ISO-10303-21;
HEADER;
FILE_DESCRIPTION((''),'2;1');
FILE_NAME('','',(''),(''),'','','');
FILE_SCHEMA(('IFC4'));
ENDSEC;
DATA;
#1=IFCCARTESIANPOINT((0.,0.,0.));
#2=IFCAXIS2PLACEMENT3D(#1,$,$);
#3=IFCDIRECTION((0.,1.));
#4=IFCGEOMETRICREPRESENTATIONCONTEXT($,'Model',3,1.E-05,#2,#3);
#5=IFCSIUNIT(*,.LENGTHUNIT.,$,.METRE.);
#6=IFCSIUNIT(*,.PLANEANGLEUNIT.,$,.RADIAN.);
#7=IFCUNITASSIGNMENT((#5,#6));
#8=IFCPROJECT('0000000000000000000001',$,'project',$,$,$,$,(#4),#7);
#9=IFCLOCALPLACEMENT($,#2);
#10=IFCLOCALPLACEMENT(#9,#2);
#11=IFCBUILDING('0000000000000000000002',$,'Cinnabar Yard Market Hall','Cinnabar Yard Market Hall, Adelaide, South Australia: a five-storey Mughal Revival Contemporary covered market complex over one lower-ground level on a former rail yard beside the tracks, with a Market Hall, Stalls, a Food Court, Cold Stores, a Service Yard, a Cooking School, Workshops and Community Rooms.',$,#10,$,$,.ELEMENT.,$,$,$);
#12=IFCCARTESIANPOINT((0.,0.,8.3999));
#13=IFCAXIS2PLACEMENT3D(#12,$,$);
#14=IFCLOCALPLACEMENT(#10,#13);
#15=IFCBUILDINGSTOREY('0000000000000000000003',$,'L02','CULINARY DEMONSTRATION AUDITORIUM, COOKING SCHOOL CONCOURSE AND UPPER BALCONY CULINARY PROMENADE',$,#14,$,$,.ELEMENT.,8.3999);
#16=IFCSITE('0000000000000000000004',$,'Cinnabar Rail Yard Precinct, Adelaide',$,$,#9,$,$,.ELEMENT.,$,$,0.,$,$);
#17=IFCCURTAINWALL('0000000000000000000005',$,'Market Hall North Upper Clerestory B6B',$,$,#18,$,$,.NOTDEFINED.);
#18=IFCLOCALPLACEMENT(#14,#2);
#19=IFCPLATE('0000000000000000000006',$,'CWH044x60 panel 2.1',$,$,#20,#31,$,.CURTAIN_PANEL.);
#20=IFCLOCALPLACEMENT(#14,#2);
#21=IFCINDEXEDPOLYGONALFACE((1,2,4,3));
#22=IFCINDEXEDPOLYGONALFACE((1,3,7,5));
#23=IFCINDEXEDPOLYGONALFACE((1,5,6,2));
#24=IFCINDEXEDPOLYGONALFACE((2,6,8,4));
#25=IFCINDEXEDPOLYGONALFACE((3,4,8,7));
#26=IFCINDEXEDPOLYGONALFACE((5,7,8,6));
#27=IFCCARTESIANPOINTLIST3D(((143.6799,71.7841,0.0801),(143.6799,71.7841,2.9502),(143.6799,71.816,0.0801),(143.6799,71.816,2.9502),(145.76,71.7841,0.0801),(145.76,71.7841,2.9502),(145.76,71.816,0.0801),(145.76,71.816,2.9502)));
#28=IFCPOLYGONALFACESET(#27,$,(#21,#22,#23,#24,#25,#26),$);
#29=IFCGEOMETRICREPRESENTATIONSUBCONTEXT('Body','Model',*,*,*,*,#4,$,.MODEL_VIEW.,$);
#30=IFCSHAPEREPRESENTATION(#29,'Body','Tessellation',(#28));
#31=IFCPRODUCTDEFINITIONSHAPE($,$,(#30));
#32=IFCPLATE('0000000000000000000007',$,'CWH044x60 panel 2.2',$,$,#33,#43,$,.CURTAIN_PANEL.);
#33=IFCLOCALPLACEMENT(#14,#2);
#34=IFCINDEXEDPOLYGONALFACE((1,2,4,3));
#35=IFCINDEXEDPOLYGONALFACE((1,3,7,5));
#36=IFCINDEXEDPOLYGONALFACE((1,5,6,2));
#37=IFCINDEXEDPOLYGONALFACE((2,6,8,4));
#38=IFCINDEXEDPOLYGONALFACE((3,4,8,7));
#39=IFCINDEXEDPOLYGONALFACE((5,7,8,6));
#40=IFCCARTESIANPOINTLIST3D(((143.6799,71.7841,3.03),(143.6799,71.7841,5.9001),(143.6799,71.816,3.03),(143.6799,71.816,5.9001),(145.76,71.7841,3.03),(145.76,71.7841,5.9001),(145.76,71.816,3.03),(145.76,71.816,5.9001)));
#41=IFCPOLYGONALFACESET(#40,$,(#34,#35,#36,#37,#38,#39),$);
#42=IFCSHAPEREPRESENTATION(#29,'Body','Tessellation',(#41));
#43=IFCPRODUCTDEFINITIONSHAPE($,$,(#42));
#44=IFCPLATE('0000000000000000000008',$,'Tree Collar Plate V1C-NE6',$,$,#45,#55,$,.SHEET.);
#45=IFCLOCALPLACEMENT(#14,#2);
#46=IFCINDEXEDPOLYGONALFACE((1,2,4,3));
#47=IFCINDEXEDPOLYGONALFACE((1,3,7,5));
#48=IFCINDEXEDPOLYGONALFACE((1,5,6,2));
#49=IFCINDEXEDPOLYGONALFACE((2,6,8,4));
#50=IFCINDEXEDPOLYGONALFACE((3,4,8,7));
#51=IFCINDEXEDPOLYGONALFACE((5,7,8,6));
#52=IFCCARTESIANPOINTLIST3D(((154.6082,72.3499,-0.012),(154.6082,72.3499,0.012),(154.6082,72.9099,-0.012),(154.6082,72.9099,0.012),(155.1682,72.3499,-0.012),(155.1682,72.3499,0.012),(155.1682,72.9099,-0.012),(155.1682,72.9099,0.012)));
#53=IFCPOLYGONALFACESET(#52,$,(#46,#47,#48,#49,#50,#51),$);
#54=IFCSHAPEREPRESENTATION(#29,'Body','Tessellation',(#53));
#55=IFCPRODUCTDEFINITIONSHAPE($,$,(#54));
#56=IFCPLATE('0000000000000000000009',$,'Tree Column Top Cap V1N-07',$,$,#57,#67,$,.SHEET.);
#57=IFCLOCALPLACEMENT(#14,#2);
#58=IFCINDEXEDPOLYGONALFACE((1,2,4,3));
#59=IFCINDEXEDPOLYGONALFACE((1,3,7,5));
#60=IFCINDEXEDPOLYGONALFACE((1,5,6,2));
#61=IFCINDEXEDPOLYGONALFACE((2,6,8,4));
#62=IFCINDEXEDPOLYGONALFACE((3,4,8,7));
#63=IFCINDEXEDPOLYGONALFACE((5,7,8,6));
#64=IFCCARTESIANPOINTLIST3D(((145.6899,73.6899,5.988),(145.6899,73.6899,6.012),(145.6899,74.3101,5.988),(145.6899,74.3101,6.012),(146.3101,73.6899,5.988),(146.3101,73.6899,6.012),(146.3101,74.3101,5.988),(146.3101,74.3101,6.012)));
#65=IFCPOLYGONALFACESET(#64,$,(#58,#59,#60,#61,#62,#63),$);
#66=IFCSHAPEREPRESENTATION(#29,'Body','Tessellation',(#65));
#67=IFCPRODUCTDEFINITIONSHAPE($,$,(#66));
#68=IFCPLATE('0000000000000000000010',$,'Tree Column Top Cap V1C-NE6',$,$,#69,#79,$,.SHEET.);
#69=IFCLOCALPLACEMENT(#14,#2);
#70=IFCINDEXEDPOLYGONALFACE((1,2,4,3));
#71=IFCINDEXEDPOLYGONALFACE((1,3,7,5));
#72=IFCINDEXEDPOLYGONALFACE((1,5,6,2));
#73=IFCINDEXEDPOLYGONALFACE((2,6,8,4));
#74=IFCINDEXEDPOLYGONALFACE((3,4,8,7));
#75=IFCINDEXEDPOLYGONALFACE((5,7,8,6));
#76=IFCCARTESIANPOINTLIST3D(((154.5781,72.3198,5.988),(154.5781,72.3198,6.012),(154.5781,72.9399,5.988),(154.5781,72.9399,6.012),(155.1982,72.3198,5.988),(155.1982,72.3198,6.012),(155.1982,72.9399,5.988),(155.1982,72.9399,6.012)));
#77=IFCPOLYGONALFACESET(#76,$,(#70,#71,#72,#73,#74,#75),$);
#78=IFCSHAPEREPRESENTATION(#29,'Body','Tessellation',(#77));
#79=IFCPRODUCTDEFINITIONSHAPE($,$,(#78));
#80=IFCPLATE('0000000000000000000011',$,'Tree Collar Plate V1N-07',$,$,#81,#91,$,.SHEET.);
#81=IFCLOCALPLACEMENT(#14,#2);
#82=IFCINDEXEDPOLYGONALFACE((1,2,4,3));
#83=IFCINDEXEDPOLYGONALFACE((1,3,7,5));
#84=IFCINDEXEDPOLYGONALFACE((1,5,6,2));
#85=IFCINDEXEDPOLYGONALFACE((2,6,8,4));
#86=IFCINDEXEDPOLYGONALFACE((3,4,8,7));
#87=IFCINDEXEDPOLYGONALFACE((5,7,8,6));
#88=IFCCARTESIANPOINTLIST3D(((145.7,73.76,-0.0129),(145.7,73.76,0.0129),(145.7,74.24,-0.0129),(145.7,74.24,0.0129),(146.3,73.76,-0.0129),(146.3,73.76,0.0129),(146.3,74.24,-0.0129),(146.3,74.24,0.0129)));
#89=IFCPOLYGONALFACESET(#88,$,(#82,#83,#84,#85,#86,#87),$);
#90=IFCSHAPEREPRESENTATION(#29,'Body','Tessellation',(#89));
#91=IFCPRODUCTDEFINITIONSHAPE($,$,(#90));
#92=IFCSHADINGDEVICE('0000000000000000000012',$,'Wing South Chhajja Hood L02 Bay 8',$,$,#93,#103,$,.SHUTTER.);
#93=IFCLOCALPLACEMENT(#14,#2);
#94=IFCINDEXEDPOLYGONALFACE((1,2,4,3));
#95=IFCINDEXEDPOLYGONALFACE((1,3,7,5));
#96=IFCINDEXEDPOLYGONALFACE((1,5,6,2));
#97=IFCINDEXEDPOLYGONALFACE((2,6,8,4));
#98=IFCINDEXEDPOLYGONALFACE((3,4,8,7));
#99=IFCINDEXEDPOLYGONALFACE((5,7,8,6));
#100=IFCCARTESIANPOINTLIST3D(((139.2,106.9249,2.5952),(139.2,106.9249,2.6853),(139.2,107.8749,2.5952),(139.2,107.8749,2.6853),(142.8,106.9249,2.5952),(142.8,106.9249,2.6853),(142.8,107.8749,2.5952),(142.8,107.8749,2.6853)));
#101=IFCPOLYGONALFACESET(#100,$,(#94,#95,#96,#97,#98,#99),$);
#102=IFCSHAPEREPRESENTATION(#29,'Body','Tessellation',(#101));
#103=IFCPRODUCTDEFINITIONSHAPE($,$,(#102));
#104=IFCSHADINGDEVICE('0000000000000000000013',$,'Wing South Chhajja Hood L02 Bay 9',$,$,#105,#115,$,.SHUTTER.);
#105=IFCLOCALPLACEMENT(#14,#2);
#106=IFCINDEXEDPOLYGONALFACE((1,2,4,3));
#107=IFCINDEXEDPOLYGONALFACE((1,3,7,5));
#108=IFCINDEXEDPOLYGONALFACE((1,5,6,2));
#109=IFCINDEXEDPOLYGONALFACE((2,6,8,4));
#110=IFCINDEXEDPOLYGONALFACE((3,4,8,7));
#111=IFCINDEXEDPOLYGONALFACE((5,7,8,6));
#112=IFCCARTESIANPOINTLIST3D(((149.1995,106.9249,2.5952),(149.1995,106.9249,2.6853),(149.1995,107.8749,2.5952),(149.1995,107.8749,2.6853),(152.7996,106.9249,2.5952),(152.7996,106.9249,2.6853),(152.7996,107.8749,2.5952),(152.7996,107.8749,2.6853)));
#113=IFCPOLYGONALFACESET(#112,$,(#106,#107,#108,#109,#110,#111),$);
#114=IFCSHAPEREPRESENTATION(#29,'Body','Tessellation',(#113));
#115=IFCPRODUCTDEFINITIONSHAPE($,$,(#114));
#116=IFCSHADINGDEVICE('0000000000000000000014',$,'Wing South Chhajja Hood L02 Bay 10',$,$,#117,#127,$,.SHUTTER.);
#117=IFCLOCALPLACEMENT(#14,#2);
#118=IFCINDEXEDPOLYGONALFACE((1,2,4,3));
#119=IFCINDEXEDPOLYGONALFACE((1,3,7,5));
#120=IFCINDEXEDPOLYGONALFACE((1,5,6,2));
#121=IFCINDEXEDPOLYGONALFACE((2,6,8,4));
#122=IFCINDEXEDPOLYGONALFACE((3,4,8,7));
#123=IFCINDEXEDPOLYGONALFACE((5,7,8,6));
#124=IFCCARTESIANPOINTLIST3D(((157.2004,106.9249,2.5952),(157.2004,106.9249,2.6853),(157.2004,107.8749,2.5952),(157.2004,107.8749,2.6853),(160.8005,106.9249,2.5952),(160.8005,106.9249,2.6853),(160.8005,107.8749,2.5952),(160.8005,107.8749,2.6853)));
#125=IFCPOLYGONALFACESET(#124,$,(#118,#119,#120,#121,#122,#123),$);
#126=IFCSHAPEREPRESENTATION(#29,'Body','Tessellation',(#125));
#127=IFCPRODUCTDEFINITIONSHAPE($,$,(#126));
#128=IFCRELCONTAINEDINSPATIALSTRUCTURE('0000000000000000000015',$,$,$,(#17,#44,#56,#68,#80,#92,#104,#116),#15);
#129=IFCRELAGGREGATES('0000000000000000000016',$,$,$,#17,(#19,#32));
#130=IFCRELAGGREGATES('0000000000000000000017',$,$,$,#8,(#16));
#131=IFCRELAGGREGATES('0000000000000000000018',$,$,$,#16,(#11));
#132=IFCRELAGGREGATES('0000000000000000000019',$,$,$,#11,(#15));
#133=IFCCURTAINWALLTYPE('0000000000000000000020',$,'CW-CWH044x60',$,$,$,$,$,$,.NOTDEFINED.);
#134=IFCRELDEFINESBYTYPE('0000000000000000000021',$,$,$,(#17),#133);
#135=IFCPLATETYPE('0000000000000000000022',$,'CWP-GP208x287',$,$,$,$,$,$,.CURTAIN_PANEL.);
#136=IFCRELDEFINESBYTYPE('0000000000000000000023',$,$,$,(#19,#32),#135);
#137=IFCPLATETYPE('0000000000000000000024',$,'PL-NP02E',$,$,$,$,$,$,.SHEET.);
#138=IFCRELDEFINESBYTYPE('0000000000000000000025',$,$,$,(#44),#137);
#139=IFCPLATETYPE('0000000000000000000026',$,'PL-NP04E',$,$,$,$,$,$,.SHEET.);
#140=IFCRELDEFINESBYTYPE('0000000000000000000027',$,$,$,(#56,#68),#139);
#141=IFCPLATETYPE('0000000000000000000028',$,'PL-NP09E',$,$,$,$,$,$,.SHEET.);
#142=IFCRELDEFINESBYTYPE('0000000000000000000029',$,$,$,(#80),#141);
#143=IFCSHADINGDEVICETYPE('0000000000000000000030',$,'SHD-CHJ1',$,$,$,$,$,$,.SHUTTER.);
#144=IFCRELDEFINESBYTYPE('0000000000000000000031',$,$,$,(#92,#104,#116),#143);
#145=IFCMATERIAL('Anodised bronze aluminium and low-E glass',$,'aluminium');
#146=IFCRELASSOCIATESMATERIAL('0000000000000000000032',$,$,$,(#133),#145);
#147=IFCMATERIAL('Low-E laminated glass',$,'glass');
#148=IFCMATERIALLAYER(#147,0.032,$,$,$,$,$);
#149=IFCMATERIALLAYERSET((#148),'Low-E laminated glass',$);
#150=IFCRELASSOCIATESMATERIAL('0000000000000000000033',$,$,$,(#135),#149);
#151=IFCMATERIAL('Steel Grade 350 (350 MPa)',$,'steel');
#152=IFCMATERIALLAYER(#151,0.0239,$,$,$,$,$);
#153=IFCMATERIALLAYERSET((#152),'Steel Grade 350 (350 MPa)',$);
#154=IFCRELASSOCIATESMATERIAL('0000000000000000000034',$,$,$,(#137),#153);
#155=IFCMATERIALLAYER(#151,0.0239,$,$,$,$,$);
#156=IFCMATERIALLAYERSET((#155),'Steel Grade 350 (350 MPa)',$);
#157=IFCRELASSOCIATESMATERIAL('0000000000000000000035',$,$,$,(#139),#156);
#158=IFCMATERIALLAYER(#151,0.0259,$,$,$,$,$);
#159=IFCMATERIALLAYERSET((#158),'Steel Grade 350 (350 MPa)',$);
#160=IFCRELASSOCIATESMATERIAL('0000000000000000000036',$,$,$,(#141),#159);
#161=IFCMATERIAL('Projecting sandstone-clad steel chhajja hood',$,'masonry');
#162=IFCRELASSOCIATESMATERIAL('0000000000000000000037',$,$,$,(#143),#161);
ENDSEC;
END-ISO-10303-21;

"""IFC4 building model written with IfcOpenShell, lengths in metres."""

from ifc_helpers import new_model, si_unit, direction, frame, origin, origin_2d_with_axis, place, context, subcontext, project, spatial, rectangle, extrude, material, layer, layer_set, type_object, element, aggregate, save


model = new_model("IFC4")

# Units and contexts
model_context = context("Model", 3, precision=1e-05, world=origin(), true_north=direction((0.0, 1.0)))
body_context = subcontext(model_context, "Body", "Model", "MODEL_VIEW")
ifc_project = project(units=[si_unit("LENGTHUNIT", "METRE"), si_unit("PLANEANGLEUNIT", "RADIAN")], contexts=[model_context])

# Site, building, storey
site_placement = place(None, origin())
site = spatial("IfcSite", under=ifc_project, at=site_placement, Name="Cinnabar Rail Yard Precinct, Adelaide", CompositionType="ELEMENT", RefElevation=0.0)
building_placement = place(site_placement, origin())
building = spatial("IfcBuilding", under=site, at=building_placement, Name="Cinnabar Yard Market Hall", Description="Cinnabar Yard Market Hall, Adelaide, South Australia: a five-storey Mughal Revival Contemporary covered market complex over one lower-ground level on a former rail yard beside the tracks, with a Market Hall, Stalls, a Food Court, Cold Stores, a Service Yard, a Cooking School, Workshops and Community Rooms.", CompositionType="ELEMENT")
storey_placement = place(building_placement, frame((0.0, 0.0, 8.3999)))
storey = spatial("IfcBuildingStorey", under=building, at=storey_placement, Name="L02", Description="CULINARY DEMONSTRATION AUDITORIUM, COOKING SCHOOL CONCOURSE AND UPPER BALCONY CULINARY PROMENADE", CompositionType="ELEMENT", Elevation=8.3999)

# Shared definitions
ifc_material_1 = material(Name="Anodised bronze aluminium and low-E glass", Category="aluminium")
curtain_wall_type = type_object("IfcCurtainWallType", Name="CW-CWH044x60", PredefinedType="NOTDEFINED", material=ifc_material_1)

# Curtain wall
curtain_wall_1_placement = place(storey_placement, origin())
curtain_wall_1 = element("IfcCurtainWall", 1, at=curtain_wall_1_placement, inside=storey, type_object=curtain_wall_type, Name="Market Hall North Upper Clerestory B6B", PredefinedType="NOTDEFINED")

# Plates
ifc_material_2 = material(Name="Low-E laminated glass", Category="glass")
ifc_layer_1 = layer(ifc_material_2, 0.032)
ifc_layer_set_1 = layer_set([ifc_layer_1], Name="Low-E laminated glass")
plate_type_1 = type_object("IfcPlateType", Name="CWP-GP208x287", PredefinedType="CURTAIN_PANEL", material=ifc_layer_set_1)
plate_1_placement = place(storey_placement, frame((144.72, 71.8, 0.0801), z_axis=(0.0, 0.0, 1.0), x_axis=(-1.0, 0.0, 0.0)))
plate_1 = element("IfcPlate", 2, at=plate_1_placement, type_object=plate_type_1, Name="CWH044x60 panel 2.1", PredefinedType="CURTAIN_PANEL", context=body_context, shape_type="SweptSolid", body=[
    extrude(rectangle(XDim=2.0801, YDim=0.032, at=origin_2d_with_axis()), origin(), (0.0, 0.0, 1.0), 2.8701),
])
plate_2_placement = place(storey_placement, frame((144.72, 71.8, 3.03), z_axis=(0.0, 0.0, 1.0), x_axis=(-1.0, 0.0, 0.0)))
plate_2 = element("IfcPlate", 3, at=plate_2_placement, type_object=plate_type_1, Name="CWH044x60 panel 2.2", PredefinedType="CURTAIN_PANEL", context=body_context, shape_type="SweptSolid", body=[
    extrude(rectangle(XDim=2.0801, YDim=0.032, at=origin_2d_with_axis()), origin(), (0.0, 0.0, 1.0), 2.8701),
])
aggregate(curtain_wall_1, [plate_1, plate_2])

# Plates
ifc_material_3 = material(Name="Steel Grade 350 (350 MPa)", Category="steel")
ifc_layer_2 = layer(ifc_material_3, 0.0239)
ifc_layer_set_2 = layer_set([ifc_layer_2], Name="Steel Grade 350 (350 MPa)")
plate_type_2 = type_object("IfcPlateType", Name="PL-NP02E", PredefinedType="SHEET", material=ifc_layer_set_2)
plate_3_placement = place(storey_placement, frame((154.8882, 72.6299, -0.012), z_axis=(0.0, 0.0, 1.0), x_axis=(1.0, 0.0, 0.0)))
element("IfcPlate", 4, at=plate_3_placement, inside=storey, type_object=plate_type_2, Name="Tree Collar Plate V1C-NE6", PredefinedType="SHEET", context=body_context, shape_type="SweptSolid", body=[
    extrude(rectangle(XDim=0.5601, YDim=0.5601, at=origin_2d_with_axis()), origin(), (0.0, 0.0, 1.0), 0.0239),
])
ifc_layer_3 = layer(ifc_material_3, 0.0239)
ifc_layer_set_3 = layer_set([ifc_layer_3], Name="Steel Grade 350 (350 MPa)")
plate_type_3 = type_object("IfcPlateType", Name="PL-NP04E", PredefinedType="SHEET", material=ifc_layer_set_3)
for number, where, z_axis, x_axis, name in (
    (5, (146.0, 74.0, 5.988), (0.0, 0.0, 1.0), (1.0, 0.0, 0.0), "Tree Column Top Cap V1N-07"),
    (6, (154.8882, 72.6299, 5.988), (0.0, 0.0, 1.0), (1.0, 0.0, 0.0), "Tree Column Top Cap V1C-NE6"),
):
    element("IfcPlate", number, at=place(storey_placement, frame(where, z_axis=z_axis, x_axis=x_axis)), inside=storey, type_object=plate_type_3, Name=name, PredefinedType="SHEET", context=body_context, shape_type="SweptSolid", body=[
        extrude(rectangle(XDim=0.6201, YDim=0.6201, at=origin_2d_with_axis()), origin(), (0.0, 0.0, 1.0), 0.0239),
    ])
ifc_layer_4 = layer(ifc_material_3, 0.0259)
ifc_layer_set_4 = layer_set([ifc_layer_4], Name="Steel Grade 350 (350 MPa)")
plate_type_4 = type_object("IfcPlateType", Name="PL-NP09E", PredefinedType="SHEET", material=ifc_layer_set_4)
plate_4_placement = place(storey_placement, frame((146.0, 74.0, -0.0129), z_axis=(0.0, 0.0, 1.0), x_axis=(1.0, 0.0, 0.0)))
element("IfcPlate", 7, at=plate_4_placement, inside=storey, type_object=plate_type_4, Name="Tree Collar Plate V1N-07", PredefinedType="SHEET", context=body_context, shape_type="SweptSolid", body=[
    extrude(rectangle(XDim=0.6001, YDim=0.48, at=origin_2d_with_axis()), origin(), (0.0, 0.0, 1.0), 0.0259),
])

# Shading devices
ifc_material_4 = material(Name="Projecting sandstone-clad steel chhajja hood", Category="masonry")
shading_device_type = type_object("IfcShadingDeviceType", Name="SHD-CHJ1", PredefinedType="SHUTTER", material=ifc_material_4)
for number, where, z_axis, x_axis, name in (
    (8, (141.0, 107.3999, 2.5952), (0.0, 0.0, 1.0), (1.0, 0.0, 0.0), "Wing South Chhajja Hood L02 Bay 8"),
    (9, (150.9995, 107.3999, 2.5952), (0.0, 0.0, 1.0), (1.0, 0.0, 0.0), "Wing South Chhajja Hood L02 Bay 9"),
    (10, (159.0005, 107.3999, 2.5952), (0.0, 0.0, 1.0), (1.0, 0.0, 0.0), "Wing South Chhajja Hood L02 Bay 10"),
):
    element("IfcShadingDevice", number, at=place(storey_placement, frame(where, z_axis=z_axis, x_axis=x_axis)), inside=storey, type_object=shading_device_type, Name=name, PredefinedType="SHUTTER", context=body_context, shape_type="SweptSolid", body=[
        extrude(rectangle(XDim=3.6001, YDim=0.95, at=origin_2d_with_axis()), origin(), (0.0, 0.0, 1.0), 0.0901),
    ])

save(model, "model.ifc")
